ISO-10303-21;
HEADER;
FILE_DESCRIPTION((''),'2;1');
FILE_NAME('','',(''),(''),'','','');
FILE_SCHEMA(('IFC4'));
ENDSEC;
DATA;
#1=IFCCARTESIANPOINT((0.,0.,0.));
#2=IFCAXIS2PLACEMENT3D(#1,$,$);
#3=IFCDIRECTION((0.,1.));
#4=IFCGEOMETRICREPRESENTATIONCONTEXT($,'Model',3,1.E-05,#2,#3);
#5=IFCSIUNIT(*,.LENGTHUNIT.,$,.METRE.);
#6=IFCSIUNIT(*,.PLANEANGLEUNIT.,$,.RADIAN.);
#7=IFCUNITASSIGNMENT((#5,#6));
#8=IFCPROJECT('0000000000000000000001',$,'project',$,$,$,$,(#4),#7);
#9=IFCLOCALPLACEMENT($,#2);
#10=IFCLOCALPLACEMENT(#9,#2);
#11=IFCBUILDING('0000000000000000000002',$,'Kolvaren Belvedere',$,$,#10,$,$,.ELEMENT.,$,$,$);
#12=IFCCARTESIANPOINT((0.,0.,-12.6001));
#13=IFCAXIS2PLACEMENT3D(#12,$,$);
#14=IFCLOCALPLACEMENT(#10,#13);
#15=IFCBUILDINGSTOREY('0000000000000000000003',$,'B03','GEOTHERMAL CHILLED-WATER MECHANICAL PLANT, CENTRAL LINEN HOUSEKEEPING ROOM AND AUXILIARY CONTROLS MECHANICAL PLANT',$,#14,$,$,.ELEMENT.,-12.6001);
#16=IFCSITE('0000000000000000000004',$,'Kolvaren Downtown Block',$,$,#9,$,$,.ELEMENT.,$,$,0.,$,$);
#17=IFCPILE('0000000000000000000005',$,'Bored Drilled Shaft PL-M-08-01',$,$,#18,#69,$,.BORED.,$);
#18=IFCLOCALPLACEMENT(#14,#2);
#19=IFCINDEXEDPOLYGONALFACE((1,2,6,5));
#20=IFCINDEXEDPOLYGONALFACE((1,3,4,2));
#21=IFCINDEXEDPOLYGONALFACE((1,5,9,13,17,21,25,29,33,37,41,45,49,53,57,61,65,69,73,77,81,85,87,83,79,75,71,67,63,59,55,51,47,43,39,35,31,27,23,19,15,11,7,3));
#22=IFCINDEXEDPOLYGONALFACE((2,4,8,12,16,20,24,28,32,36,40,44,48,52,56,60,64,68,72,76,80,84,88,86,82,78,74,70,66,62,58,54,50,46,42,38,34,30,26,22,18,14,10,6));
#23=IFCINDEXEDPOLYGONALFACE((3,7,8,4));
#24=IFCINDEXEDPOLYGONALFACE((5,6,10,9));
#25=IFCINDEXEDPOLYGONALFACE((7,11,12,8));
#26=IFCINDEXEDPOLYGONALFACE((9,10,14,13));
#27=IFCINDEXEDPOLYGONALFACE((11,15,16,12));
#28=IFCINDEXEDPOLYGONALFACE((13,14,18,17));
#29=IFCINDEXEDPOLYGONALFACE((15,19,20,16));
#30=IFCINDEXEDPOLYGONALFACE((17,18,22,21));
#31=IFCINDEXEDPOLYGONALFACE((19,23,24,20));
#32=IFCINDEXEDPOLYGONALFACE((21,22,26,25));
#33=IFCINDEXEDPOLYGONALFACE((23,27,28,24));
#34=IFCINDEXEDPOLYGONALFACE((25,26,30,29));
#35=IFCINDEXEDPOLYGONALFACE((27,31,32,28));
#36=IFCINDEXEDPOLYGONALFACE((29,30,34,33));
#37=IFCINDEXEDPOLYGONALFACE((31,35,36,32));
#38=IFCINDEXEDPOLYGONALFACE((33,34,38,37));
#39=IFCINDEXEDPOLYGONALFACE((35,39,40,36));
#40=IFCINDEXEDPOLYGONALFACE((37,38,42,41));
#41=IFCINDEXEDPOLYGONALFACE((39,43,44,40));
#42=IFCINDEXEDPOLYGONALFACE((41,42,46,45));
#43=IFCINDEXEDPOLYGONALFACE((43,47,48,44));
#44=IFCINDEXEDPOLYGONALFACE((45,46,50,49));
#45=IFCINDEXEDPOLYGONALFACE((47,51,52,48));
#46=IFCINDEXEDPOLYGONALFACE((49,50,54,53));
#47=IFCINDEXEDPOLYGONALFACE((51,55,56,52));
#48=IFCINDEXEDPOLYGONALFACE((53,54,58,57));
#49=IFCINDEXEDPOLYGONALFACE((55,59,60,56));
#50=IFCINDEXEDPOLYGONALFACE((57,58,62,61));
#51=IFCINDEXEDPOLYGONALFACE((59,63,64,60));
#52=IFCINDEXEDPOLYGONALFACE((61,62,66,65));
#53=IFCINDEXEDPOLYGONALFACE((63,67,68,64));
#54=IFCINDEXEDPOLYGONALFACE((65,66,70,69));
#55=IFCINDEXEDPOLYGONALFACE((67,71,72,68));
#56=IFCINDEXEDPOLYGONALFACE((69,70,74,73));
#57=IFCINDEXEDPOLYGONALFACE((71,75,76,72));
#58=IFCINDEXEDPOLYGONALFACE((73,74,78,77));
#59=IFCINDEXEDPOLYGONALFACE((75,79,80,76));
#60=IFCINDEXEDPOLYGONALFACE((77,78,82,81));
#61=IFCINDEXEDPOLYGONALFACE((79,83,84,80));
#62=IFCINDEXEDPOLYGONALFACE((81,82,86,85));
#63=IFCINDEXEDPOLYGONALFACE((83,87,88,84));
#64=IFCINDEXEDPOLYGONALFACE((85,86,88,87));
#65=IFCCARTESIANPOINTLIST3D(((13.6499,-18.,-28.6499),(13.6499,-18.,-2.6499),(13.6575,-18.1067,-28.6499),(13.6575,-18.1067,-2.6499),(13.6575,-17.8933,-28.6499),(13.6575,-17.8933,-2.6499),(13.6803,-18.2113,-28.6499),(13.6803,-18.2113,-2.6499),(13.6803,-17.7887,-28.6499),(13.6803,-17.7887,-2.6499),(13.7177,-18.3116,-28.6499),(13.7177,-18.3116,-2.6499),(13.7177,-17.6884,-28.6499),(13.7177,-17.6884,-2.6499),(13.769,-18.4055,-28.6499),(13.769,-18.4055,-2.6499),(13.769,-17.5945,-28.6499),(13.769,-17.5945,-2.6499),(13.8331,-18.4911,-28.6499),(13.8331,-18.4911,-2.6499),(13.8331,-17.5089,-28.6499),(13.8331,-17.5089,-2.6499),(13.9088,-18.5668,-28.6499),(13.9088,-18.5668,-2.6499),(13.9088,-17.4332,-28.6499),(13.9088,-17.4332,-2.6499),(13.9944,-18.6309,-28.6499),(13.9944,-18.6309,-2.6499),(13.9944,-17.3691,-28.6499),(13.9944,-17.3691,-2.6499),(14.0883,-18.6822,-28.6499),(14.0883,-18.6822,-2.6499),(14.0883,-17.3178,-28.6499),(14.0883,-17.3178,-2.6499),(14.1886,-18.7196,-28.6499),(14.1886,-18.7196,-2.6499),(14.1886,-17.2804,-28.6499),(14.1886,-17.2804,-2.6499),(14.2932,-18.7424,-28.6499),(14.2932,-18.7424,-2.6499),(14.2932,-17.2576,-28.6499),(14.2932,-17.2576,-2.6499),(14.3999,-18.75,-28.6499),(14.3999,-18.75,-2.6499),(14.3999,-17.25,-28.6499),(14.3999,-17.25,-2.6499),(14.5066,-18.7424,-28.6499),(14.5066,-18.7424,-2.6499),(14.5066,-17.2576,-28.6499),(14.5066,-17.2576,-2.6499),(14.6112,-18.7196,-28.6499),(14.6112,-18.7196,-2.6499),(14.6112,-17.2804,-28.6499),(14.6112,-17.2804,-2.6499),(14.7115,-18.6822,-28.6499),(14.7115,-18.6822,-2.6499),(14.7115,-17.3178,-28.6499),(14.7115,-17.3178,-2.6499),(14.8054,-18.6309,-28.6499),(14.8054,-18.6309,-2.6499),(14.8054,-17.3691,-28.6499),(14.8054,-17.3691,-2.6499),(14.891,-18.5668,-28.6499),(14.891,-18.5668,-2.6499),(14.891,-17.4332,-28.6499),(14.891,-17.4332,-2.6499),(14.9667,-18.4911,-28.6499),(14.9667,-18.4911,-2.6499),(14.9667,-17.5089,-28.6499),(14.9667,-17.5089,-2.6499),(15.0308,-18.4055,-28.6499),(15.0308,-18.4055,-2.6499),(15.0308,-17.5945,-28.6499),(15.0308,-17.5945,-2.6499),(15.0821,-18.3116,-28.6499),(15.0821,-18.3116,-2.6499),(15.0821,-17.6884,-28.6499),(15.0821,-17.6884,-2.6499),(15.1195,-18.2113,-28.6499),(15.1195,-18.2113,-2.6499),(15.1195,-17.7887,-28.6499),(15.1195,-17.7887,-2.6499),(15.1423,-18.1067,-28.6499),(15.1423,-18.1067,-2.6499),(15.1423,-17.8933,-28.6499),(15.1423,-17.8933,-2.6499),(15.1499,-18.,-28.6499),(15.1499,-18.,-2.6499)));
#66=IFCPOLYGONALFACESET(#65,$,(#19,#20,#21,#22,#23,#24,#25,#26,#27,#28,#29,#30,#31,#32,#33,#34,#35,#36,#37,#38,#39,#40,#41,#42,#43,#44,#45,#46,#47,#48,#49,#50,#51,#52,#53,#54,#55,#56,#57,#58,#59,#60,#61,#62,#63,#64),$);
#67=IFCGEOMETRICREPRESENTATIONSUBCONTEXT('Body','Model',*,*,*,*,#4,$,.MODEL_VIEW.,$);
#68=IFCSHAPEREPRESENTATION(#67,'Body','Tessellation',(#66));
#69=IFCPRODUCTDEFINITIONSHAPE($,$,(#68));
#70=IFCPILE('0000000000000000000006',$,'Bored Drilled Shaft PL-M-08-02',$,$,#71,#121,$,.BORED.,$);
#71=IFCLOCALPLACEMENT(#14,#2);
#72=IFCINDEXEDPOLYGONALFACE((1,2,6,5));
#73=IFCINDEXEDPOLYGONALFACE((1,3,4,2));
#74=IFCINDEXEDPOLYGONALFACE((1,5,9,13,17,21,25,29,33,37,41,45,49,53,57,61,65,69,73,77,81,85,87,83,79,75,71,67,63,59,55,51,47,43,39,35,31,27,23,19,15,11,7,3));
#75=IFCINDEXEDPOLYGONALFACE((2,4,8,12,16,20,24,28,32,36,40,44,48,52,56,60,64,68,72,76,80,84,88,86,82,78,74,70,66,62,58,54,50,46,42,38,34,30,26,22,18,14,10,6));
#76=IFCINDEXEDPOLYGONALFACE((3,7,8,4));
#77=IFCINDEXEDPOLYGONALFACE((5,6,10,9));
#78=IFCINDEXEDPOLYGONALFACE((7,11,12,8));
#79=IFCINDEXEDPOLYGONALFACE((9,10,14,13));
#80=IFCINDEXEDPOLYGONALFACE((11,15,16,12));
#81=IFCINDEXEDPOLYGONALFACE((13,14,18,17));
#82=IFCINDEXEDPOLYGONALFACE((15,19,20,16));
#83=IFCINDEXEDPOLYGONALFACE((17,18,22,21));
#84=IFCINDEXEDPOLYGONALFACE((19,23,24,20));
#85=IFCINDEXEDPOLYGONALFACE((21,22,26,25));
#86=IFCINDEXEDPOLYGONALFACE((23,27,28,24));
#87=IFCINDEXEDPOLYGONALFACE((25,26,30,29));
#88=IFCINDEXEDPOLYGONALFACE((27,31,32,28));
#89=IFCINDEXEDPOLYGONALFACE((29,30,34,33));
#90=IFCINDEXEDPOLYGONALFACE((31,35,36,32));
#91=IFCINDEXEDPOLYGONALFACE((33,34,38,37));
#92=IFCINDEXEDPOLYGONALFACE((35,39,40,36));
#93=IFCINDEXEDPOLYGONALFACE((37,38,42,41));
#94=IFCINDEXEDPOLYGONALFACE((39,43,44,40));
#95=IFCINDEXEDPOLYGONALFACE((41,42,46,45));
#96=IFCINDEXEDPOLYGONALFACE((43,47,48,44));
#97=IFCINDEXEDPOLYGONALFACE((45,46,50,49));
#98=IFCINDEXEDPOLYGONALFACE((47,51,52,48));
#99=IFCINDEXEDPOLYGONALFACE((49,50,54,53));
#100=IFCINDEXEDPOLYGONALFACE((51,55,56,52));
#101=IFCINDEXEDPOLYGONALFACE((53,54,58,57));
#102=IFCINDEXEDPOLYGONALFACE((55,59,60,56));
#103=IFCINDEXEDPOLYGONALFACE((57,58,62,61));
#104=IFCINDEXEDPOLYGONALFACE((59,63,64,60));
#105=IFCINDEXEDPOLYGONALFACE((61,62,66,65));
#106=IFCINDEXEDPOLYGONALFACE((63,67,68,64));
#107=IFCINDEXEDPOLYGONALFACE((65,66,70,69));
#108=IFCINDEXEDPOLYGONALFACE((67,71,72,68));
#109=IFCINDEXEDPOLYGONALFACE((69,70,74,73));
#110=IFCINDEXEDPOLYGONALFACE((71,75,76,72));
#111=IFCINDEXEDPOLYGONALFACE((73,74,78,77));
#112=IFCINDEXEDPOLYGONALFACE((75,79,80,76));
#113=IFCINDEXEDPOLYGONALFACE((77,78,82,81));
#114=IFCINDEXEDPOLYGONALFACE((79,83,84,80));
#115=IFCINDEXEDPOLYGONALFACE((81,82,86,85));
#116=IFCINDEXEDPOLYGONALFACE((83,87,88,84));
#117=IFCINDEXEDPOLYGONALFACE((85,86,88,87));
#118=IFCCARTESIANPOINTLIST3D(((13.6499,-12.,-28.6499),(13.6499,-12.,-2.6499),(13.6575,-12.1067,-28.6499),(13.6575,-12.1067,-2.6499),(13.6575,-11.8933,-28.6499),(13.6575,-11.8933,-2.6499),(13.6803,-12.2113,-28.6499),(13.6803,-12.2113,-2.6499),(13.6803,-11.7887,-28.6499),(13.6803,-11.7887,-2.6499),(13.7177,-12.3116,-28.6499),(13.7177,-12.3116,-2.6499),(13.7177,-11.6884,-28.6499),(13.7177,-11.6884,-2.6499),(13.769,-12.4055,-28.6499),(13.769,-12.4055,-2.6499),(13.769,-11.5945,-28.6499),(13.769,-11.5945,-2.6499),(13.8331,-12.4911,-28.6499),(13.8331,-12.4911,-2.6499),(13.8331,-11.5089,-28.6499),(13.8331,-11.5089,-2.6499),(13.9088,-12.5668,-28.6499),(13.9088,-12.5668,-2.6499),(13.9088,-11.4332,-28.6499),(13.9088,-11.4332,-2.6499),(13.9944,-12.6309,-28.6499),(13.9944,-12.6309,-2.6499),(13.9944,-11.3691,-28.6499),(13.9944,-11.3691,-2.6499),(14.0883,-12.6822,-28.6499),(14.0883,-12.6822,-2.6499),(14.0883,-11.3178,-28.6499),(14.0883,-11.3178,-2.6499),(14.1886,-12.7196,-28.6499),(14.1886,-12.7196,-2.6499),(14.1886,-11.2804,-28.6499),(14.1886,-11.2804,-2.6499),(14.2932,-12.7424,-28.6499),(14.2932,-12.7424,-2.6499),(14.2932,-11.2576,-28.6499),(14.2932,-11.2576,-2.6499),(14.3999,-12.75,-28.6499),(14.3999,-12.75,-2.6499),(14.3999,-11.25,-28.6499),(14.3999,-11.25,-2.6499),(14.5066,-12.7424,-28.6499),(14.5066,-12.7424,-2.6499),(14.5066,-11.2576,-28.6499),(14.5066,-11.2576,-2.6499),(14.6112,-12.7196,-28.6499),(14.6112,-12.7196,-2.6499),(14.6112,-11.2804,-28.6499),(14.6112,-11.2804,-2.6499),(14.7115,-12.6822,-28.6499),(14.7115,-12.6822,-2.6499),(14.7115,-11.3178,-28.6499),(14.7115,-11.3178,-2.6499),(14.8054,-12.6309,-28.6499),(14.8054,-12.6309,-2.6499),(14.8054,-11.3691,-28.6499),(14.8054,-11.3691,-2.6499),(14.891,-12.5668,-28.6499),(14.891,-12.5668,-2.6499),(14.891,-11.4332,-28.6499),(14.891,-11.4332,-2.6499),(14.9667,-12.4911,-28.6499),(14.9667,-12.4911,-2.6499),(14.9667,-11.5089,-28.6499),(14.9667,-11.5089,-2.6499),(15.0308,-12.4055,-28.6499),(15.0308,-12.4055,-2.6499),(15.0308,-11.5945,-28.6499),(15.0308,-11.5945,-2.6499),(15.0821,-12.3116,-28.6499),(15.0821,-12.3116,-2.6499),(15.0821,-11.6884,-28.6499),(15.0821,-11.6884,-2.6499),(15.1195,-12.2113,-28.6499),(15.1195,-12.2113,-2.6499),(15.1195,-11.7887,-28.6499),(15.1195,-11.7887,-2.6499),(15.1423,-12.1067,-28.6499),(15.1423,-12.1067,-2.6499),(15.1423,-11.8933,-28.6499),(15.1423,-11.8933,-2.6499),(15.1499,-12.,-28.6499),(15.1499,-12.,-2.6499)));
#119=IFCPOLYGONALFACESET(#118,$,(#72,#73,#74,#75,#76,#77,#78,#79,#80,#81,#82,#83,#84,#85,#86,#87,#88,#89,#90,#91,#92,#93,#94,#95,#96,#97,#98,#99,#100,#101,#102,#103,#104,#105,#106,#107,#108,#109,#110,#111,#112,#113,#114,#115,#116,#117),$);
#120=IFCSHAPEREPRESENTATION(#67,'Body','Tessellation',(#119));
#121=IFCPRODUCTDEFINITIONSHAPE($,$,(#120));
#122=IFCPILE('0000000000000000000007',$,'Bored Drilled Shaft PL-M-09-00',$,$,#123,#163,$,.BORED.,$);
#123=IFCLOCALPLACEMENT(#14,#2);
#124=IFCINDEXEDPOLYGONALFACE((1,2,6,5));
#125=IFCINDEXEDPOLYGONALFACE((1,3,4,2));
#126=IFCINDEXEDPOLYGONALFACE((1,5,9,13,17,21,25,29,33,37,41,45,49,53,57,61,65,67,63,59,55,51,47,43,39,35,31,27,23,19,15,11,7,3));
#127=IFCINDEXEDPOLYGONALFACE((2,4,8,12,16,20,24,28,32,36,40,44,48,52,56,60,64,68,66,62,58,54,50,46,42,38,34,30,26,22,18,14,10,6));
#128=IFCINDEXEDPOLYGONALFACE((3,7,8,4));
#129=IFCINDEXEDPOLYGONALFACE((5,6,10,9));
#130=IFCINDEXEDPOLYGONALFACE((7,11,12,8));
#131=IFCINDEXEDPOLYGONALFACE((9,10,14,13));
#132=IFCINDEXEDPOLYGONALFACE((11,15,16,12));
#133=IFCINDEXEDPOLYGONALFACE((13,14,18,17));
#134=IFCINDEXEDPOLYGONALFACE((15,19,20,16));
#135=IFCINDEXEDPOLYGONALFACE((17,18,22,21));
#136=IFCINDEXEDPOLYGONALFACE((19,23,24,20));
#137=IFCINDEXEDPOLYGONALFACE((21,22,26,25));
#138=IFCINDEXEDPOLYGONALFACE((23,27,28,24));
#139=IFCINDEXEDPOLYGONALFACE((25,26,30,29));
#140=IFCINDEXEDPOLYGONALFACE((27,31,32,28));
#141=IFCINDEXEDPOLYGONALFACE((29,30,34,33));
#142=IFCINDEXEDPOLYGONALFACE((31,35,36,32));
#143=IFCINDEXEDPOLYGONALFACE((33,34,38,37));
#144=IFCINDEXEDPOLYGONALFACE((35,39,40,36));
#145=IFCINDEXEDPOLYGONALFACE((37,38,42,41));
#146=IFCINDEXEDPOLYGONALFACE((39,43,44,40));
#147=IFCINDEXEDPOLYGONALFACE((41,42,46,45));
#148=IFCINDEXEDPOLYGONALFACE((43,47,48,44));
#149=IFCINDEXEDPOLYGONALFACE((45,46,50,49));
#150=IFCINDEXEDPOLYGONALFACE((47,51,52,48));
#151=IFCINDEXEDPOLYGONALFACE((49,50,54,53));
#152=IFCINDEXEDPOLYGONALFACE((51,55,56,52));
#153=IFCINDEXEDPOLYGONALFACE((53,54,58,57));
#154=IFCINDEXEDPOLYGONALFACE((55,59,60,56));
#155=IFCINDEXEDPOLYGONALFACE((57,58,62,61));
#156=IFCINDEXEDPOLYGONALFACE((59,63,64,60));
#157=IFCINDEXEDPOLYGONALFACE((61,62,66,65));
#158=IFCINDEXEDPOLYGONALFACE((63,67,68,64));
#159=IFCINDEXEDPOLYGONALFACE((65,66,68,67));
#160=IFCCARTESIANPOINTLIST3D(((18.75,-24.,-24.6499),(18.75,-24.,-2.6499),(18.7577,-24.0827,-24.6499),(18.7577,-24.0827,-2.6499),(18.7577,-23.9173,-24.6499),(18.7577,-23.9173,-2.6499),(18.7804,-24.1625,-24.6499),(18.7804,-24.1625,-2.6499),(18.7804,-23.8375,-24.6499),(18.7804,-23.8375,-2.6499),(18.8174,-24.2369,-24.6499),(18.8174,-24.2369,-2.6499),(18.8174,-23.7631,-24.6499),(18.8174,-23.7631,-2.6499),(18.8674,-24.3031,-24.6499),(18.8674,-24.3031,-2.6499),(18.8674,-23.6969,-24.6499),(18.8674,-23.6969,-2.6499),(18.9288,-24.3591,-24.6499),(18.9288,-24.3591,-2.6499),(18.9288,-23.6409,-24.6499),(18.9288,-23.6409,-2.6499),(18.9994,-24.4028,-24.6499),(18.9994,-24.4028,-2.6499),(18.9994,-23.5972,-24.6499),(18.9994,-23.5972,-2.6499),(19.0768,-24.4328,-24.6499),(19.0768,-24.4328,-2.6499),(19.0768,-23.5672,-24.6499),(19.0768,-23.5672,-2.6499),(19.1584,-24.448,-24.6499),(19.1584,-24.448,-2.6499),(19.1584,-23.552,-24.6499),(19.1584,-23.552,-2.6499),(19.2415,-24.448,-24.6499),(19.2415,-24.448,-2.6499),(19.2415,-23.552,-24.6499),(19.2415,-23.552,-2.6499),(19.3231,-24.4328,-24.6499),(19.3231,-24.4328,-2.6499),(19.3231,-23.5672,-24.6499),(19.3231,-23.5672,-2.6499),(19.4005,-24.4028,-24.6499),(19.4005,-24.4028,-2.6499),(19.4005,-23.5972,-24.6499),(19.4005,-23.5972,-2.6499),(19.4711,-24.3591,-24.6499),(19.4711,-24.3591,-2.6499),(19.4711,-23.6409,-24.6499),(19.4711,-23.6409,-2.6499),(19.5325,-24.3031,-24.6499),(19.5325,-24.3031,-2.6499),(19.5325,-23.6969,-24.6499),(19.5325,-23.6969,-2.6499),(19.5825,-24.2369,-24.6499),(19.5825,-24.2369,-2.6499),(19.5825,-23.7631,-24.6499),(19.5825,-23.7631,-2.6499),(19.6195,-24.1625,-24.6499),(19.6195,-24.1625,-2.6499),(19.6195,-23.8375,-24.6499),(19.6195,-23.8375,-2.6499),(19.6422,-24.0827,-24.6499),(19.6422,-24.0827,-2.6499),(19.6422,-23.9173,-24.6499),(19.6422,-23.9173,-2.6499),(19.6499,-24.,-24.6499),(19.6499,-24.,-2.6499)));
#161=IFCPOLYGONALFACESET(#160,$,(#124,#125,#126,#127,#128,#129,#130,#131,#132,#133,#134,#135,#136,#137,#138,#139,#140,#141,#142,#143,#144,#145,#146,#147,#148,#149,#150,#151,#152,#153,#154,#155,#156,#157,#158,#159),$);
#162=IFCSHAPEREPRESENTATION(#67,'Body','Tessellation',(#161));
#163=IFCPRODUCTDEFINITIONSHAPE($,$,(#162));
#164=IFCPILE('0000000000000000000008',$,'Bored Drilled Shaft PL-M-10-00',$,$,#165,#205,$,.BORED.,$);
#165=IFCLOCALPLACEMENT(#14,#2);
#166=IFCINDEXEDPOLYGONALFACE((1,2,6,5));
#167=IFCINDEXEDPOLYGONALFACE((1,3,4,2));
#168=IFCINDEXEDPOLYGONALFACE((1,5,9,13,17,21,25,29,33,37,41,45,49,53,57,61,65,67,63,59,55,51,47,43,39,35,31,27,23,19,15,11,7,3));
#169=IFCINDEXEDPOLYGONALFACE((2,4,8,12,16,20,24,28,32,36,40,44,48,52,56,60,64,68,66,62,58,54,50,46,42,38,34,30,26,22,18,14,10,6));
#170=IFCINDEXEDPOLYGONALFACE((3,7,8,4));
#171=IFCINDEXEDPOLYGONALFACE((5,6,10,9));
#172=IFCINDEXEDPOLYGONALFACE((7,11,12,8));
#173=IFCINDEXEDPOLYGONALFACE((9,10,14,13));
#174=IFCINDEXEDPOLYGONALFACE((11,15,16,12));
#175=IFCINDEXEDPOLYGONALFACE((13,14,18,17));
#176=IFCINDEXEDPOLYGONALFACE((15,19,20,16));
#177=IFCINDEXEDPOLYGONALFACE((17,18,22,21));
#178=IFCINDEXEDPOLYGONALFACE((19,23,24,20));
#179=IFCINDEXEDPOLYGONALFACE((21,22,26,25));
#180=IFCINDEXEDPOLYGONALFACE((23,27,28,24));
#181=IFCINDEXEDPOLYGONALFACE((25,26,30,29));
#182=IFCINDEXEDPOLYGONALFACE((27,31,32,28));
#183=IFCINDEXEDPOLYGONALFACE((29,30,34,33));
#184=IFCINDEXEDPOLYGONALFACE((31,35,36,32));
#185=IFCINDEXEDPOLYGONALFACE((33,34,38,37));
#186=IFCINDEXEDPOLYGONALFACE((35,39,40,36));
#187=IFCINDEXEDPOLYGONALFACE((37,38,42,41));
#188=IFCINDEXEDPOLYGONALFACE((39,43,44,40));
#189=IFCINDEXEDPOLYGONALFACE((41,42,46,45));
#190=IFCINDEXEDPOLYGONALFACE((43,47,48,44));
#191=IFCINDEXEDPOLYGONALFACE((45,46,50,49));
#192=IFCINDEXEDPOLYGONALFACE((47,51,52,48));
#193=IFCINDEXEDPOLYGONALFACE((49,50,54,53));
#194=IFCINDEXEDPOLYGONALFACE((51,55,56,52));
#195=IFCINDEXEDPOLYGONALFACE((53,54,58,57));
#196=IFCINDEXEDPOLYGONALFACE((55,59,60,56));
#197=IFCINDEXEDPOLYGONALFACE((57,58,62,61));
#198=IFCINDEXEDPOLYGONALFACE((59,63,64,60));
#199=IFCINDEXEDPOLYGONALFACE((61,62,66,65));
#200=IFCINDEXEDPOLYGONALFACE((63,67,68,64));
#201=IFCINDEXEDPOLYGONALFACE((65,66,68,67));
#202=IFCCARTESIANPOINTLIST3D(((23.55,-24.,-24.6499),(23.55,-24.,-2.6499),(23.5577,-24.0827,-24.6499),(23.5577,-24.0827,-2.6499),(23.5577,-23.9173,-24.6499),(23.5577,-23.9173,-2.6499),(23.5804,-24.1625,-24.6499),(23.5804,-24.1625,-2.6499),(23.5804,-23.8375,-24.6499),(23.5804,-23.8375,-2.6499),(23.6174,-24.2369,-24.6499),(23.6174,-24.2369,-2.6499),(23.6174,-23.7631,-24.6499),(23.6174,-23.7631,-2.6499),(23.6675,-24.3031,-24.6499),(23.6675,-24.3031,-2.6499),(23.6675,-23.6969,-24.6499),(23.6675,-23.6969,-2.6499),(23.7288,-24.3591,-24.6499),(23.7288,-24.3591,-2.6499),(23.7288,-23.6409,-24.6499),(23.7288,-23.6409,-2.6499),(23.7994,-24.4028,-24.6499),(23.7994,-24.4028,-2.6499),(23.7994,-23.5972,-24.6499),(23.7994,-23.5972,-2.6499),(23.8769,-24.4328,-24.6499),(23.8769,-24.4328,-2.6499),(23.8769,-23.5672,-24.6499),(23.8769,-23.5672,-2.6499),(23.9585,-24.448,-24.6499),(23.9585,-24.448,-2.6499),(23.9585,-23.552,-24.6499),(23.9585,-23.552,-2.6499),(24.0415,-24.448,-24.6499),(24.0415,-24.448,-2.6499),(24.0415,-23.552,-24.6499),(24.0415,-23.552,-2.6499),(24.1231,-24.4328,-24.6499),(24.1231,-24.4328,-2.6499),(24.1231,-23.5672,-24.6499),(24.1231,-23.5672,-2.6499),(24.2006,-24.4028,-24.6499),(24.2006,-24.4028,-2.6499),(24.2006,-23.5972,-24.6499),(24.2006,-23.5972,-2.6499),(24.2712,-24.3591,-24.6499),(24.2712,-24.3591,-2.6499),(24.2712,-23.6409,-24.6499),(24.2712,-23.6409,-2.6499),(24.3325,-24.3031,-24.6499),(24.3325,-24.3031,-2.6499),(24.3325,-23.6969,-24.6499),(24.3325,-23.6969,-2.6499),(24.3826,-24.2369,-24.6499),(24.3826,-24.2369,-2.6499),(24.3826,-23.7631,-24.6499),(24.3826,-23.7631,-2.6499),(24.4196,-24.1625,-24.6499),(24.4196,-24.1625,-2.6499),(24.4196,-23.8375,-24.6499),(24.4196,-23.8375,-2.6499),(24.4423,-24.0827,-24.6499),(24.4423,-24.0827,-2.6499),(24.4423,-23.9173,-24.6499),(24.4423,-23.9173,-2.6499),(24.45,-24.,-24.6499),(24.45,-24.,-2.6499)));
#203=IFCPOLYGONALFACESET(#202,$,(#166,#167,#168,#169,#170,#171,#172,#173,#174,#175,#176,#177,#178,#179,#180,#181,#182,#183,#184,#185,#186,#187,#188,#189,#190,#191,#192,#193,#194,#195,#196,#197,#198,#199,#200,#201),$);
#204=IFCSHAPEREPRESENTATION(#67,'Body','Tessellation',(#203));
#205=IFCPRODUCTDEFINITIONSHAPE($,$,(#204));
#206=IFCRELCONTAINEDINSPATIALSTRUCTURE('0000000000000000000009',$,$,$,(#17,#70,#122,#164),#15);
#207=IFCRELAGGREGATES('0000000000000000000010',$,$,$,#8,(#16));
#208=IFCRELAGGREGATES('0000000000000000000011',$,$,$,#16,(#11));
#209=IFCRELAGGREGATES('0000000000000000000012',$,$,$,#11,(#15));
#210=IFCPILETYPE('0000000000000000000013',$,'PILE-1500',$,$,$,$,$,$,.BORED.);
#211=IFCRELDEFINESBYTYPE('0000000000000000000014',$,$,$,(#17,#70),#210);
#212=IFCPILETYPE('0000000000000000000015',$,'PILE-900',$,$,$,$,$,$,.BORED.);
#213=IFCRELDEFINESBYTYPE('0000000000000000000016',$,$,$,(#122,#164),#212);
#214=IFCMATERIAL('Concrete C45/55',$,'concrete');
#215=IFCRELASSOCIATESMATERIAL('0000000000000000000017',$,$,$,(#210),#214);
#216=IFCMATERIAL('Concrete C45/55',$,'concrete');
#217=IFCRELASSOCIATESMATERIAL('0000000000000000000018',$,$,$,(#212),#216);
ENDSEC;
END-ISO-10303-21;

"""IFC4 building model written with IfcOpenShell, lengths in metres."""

from ifc_helpers import new_model, si_unit, direction, frame, origin, origin_2d, place, context, subcontext, project, spatial, circle, extrude, material, material_profile, profile_set, type_object, element, save


model = new_model("IFC4")

# Units and contexts
model_context = context("Model", 3, precision=1e-05, world=origin(), true_north=direction((0.0, 1.0)))
body_context = subcontext(model_context, "Body", "Model", "MODEL_VIEW")
ifc_project = project(units=[si_unit("LENGTHUNIT", "METRE"), si_unit("PLANEANGLEUNIT", "RADIAN")], contexts=[model_context])

# Site, building, storey
site_placement = place(None, origin())
site = spatial("IfcSite", under=ifc_project, at=site_placement, Name="Kolvaren Downtown Block", CompositionType="ELEMENT", RefElevation=0.0)
building_placement = place(site_placement, origin())
building = spatial("IfcBuilding", under=site, at=building_placement, Name="Kolvaren Belvedere", CompositionType="ELEMENT")
storey_placement = place(building_placement, frame((0.0, 0.0, -12.6001)))
storey = spatial("IfcBuildingStorey", under=building, at=storey_placement, Name="B03", Description="GEOTHERMAL CHILLED-WATER MECHANICAL PLANT, CENTRAL LINEN HOUSEKEEPING ROOM AND AUXILIARY CONTROLS MECHANICAL PLANT", CompositionType="ELEMENT", Elevation=-12.6001)

# Piles
ifc_material_1 = material(Name="Concrete C45/55", Category="concrete")
ifc_material_profile_1 = material_profile(ifc_material_1, circle(Radius=0.75, at=origin_2d()), Name="BORED PILE D1500")
ifc_profile_set_1 = profile_set([ifc_material_profile_1], Name="Concrete C45/55")
pile_type_1 = type_object("IfcPileType", Name="PILE-1500", PredefinedType="BORED", material=ifc_profile_set_1)
for number, where, z_axis, x_axis, name in (
    (1, (14.3999, -18.0, -2.6499), (0.0, 0.0, -1.0), (1.0, 0.0, 0.0), "Bored Drilled Shaft PL-M-08-01"),
    (2, (14.3999, -12.0, -2.6499), (0.0, 0.0, -1.0), (1.0, 0.0, 0.0), "Bored Drilled Shaft PL-M-08-02"),
):
    element("IfcPile", number, at=place(storey_placement, frame(where, z_axis=z_axis, x_axis=x_axis)), inside=storey, type_object=pile_type_1, Name=name, PredefinedType="BORED", context=body_context, shape_type="SweptSolid", body=[
        extrude(circle(Radius=0.75, at=origin_2d()), origin(), (0.0, 0.0, 1.0), 26.0),
    ])
ifc_material_2 = material(Name="Concrete C45/55", Category="concrete")
ifc_material_profile_2 = material_profile(ifc_material_2, circle(Radius=0.45, at=origin_2d()), Name="BORED PILE D900")
ifc_profile_set_2 = profile_set([ifc_material_profile_2], Name="Concrete C45/55")
pile_type_2 = type_object("IfcPileType", Name="PILE-900", PredefinedType="BORED", material=ifc_profile_set_2)
for number, where, z_axis, x_axis, name in (
    (3, (19.2, -24.0, -2.6499), (0.0, 0.0, -1.0), (1.0, 0.0, 0.0), "Bored Drilled Shaft PL-M-09-00"),
    (4, (24.0, -24.0, -2.6499), (0.0, 0.0, -1.0), (1.0, 0.0, 0.0), "Bored Drilled Shaft PL-M-10-00"),
):
    element("IfcPile", number, at=place(storey_placement, frame(where, z_axis=z_axis, x_axis=x_axis)), inside=storey, type_object=pile_type_2, Name=name, PredefinedType="BORED", context=body_context, shape_type="SweptSolid", body=[
        extrude(circle(Radius=0.45, at=origin_2d()), origin(), (0.0, 0.0, 1.0), 22.0),
    ])

save(model, "model.ifc")
